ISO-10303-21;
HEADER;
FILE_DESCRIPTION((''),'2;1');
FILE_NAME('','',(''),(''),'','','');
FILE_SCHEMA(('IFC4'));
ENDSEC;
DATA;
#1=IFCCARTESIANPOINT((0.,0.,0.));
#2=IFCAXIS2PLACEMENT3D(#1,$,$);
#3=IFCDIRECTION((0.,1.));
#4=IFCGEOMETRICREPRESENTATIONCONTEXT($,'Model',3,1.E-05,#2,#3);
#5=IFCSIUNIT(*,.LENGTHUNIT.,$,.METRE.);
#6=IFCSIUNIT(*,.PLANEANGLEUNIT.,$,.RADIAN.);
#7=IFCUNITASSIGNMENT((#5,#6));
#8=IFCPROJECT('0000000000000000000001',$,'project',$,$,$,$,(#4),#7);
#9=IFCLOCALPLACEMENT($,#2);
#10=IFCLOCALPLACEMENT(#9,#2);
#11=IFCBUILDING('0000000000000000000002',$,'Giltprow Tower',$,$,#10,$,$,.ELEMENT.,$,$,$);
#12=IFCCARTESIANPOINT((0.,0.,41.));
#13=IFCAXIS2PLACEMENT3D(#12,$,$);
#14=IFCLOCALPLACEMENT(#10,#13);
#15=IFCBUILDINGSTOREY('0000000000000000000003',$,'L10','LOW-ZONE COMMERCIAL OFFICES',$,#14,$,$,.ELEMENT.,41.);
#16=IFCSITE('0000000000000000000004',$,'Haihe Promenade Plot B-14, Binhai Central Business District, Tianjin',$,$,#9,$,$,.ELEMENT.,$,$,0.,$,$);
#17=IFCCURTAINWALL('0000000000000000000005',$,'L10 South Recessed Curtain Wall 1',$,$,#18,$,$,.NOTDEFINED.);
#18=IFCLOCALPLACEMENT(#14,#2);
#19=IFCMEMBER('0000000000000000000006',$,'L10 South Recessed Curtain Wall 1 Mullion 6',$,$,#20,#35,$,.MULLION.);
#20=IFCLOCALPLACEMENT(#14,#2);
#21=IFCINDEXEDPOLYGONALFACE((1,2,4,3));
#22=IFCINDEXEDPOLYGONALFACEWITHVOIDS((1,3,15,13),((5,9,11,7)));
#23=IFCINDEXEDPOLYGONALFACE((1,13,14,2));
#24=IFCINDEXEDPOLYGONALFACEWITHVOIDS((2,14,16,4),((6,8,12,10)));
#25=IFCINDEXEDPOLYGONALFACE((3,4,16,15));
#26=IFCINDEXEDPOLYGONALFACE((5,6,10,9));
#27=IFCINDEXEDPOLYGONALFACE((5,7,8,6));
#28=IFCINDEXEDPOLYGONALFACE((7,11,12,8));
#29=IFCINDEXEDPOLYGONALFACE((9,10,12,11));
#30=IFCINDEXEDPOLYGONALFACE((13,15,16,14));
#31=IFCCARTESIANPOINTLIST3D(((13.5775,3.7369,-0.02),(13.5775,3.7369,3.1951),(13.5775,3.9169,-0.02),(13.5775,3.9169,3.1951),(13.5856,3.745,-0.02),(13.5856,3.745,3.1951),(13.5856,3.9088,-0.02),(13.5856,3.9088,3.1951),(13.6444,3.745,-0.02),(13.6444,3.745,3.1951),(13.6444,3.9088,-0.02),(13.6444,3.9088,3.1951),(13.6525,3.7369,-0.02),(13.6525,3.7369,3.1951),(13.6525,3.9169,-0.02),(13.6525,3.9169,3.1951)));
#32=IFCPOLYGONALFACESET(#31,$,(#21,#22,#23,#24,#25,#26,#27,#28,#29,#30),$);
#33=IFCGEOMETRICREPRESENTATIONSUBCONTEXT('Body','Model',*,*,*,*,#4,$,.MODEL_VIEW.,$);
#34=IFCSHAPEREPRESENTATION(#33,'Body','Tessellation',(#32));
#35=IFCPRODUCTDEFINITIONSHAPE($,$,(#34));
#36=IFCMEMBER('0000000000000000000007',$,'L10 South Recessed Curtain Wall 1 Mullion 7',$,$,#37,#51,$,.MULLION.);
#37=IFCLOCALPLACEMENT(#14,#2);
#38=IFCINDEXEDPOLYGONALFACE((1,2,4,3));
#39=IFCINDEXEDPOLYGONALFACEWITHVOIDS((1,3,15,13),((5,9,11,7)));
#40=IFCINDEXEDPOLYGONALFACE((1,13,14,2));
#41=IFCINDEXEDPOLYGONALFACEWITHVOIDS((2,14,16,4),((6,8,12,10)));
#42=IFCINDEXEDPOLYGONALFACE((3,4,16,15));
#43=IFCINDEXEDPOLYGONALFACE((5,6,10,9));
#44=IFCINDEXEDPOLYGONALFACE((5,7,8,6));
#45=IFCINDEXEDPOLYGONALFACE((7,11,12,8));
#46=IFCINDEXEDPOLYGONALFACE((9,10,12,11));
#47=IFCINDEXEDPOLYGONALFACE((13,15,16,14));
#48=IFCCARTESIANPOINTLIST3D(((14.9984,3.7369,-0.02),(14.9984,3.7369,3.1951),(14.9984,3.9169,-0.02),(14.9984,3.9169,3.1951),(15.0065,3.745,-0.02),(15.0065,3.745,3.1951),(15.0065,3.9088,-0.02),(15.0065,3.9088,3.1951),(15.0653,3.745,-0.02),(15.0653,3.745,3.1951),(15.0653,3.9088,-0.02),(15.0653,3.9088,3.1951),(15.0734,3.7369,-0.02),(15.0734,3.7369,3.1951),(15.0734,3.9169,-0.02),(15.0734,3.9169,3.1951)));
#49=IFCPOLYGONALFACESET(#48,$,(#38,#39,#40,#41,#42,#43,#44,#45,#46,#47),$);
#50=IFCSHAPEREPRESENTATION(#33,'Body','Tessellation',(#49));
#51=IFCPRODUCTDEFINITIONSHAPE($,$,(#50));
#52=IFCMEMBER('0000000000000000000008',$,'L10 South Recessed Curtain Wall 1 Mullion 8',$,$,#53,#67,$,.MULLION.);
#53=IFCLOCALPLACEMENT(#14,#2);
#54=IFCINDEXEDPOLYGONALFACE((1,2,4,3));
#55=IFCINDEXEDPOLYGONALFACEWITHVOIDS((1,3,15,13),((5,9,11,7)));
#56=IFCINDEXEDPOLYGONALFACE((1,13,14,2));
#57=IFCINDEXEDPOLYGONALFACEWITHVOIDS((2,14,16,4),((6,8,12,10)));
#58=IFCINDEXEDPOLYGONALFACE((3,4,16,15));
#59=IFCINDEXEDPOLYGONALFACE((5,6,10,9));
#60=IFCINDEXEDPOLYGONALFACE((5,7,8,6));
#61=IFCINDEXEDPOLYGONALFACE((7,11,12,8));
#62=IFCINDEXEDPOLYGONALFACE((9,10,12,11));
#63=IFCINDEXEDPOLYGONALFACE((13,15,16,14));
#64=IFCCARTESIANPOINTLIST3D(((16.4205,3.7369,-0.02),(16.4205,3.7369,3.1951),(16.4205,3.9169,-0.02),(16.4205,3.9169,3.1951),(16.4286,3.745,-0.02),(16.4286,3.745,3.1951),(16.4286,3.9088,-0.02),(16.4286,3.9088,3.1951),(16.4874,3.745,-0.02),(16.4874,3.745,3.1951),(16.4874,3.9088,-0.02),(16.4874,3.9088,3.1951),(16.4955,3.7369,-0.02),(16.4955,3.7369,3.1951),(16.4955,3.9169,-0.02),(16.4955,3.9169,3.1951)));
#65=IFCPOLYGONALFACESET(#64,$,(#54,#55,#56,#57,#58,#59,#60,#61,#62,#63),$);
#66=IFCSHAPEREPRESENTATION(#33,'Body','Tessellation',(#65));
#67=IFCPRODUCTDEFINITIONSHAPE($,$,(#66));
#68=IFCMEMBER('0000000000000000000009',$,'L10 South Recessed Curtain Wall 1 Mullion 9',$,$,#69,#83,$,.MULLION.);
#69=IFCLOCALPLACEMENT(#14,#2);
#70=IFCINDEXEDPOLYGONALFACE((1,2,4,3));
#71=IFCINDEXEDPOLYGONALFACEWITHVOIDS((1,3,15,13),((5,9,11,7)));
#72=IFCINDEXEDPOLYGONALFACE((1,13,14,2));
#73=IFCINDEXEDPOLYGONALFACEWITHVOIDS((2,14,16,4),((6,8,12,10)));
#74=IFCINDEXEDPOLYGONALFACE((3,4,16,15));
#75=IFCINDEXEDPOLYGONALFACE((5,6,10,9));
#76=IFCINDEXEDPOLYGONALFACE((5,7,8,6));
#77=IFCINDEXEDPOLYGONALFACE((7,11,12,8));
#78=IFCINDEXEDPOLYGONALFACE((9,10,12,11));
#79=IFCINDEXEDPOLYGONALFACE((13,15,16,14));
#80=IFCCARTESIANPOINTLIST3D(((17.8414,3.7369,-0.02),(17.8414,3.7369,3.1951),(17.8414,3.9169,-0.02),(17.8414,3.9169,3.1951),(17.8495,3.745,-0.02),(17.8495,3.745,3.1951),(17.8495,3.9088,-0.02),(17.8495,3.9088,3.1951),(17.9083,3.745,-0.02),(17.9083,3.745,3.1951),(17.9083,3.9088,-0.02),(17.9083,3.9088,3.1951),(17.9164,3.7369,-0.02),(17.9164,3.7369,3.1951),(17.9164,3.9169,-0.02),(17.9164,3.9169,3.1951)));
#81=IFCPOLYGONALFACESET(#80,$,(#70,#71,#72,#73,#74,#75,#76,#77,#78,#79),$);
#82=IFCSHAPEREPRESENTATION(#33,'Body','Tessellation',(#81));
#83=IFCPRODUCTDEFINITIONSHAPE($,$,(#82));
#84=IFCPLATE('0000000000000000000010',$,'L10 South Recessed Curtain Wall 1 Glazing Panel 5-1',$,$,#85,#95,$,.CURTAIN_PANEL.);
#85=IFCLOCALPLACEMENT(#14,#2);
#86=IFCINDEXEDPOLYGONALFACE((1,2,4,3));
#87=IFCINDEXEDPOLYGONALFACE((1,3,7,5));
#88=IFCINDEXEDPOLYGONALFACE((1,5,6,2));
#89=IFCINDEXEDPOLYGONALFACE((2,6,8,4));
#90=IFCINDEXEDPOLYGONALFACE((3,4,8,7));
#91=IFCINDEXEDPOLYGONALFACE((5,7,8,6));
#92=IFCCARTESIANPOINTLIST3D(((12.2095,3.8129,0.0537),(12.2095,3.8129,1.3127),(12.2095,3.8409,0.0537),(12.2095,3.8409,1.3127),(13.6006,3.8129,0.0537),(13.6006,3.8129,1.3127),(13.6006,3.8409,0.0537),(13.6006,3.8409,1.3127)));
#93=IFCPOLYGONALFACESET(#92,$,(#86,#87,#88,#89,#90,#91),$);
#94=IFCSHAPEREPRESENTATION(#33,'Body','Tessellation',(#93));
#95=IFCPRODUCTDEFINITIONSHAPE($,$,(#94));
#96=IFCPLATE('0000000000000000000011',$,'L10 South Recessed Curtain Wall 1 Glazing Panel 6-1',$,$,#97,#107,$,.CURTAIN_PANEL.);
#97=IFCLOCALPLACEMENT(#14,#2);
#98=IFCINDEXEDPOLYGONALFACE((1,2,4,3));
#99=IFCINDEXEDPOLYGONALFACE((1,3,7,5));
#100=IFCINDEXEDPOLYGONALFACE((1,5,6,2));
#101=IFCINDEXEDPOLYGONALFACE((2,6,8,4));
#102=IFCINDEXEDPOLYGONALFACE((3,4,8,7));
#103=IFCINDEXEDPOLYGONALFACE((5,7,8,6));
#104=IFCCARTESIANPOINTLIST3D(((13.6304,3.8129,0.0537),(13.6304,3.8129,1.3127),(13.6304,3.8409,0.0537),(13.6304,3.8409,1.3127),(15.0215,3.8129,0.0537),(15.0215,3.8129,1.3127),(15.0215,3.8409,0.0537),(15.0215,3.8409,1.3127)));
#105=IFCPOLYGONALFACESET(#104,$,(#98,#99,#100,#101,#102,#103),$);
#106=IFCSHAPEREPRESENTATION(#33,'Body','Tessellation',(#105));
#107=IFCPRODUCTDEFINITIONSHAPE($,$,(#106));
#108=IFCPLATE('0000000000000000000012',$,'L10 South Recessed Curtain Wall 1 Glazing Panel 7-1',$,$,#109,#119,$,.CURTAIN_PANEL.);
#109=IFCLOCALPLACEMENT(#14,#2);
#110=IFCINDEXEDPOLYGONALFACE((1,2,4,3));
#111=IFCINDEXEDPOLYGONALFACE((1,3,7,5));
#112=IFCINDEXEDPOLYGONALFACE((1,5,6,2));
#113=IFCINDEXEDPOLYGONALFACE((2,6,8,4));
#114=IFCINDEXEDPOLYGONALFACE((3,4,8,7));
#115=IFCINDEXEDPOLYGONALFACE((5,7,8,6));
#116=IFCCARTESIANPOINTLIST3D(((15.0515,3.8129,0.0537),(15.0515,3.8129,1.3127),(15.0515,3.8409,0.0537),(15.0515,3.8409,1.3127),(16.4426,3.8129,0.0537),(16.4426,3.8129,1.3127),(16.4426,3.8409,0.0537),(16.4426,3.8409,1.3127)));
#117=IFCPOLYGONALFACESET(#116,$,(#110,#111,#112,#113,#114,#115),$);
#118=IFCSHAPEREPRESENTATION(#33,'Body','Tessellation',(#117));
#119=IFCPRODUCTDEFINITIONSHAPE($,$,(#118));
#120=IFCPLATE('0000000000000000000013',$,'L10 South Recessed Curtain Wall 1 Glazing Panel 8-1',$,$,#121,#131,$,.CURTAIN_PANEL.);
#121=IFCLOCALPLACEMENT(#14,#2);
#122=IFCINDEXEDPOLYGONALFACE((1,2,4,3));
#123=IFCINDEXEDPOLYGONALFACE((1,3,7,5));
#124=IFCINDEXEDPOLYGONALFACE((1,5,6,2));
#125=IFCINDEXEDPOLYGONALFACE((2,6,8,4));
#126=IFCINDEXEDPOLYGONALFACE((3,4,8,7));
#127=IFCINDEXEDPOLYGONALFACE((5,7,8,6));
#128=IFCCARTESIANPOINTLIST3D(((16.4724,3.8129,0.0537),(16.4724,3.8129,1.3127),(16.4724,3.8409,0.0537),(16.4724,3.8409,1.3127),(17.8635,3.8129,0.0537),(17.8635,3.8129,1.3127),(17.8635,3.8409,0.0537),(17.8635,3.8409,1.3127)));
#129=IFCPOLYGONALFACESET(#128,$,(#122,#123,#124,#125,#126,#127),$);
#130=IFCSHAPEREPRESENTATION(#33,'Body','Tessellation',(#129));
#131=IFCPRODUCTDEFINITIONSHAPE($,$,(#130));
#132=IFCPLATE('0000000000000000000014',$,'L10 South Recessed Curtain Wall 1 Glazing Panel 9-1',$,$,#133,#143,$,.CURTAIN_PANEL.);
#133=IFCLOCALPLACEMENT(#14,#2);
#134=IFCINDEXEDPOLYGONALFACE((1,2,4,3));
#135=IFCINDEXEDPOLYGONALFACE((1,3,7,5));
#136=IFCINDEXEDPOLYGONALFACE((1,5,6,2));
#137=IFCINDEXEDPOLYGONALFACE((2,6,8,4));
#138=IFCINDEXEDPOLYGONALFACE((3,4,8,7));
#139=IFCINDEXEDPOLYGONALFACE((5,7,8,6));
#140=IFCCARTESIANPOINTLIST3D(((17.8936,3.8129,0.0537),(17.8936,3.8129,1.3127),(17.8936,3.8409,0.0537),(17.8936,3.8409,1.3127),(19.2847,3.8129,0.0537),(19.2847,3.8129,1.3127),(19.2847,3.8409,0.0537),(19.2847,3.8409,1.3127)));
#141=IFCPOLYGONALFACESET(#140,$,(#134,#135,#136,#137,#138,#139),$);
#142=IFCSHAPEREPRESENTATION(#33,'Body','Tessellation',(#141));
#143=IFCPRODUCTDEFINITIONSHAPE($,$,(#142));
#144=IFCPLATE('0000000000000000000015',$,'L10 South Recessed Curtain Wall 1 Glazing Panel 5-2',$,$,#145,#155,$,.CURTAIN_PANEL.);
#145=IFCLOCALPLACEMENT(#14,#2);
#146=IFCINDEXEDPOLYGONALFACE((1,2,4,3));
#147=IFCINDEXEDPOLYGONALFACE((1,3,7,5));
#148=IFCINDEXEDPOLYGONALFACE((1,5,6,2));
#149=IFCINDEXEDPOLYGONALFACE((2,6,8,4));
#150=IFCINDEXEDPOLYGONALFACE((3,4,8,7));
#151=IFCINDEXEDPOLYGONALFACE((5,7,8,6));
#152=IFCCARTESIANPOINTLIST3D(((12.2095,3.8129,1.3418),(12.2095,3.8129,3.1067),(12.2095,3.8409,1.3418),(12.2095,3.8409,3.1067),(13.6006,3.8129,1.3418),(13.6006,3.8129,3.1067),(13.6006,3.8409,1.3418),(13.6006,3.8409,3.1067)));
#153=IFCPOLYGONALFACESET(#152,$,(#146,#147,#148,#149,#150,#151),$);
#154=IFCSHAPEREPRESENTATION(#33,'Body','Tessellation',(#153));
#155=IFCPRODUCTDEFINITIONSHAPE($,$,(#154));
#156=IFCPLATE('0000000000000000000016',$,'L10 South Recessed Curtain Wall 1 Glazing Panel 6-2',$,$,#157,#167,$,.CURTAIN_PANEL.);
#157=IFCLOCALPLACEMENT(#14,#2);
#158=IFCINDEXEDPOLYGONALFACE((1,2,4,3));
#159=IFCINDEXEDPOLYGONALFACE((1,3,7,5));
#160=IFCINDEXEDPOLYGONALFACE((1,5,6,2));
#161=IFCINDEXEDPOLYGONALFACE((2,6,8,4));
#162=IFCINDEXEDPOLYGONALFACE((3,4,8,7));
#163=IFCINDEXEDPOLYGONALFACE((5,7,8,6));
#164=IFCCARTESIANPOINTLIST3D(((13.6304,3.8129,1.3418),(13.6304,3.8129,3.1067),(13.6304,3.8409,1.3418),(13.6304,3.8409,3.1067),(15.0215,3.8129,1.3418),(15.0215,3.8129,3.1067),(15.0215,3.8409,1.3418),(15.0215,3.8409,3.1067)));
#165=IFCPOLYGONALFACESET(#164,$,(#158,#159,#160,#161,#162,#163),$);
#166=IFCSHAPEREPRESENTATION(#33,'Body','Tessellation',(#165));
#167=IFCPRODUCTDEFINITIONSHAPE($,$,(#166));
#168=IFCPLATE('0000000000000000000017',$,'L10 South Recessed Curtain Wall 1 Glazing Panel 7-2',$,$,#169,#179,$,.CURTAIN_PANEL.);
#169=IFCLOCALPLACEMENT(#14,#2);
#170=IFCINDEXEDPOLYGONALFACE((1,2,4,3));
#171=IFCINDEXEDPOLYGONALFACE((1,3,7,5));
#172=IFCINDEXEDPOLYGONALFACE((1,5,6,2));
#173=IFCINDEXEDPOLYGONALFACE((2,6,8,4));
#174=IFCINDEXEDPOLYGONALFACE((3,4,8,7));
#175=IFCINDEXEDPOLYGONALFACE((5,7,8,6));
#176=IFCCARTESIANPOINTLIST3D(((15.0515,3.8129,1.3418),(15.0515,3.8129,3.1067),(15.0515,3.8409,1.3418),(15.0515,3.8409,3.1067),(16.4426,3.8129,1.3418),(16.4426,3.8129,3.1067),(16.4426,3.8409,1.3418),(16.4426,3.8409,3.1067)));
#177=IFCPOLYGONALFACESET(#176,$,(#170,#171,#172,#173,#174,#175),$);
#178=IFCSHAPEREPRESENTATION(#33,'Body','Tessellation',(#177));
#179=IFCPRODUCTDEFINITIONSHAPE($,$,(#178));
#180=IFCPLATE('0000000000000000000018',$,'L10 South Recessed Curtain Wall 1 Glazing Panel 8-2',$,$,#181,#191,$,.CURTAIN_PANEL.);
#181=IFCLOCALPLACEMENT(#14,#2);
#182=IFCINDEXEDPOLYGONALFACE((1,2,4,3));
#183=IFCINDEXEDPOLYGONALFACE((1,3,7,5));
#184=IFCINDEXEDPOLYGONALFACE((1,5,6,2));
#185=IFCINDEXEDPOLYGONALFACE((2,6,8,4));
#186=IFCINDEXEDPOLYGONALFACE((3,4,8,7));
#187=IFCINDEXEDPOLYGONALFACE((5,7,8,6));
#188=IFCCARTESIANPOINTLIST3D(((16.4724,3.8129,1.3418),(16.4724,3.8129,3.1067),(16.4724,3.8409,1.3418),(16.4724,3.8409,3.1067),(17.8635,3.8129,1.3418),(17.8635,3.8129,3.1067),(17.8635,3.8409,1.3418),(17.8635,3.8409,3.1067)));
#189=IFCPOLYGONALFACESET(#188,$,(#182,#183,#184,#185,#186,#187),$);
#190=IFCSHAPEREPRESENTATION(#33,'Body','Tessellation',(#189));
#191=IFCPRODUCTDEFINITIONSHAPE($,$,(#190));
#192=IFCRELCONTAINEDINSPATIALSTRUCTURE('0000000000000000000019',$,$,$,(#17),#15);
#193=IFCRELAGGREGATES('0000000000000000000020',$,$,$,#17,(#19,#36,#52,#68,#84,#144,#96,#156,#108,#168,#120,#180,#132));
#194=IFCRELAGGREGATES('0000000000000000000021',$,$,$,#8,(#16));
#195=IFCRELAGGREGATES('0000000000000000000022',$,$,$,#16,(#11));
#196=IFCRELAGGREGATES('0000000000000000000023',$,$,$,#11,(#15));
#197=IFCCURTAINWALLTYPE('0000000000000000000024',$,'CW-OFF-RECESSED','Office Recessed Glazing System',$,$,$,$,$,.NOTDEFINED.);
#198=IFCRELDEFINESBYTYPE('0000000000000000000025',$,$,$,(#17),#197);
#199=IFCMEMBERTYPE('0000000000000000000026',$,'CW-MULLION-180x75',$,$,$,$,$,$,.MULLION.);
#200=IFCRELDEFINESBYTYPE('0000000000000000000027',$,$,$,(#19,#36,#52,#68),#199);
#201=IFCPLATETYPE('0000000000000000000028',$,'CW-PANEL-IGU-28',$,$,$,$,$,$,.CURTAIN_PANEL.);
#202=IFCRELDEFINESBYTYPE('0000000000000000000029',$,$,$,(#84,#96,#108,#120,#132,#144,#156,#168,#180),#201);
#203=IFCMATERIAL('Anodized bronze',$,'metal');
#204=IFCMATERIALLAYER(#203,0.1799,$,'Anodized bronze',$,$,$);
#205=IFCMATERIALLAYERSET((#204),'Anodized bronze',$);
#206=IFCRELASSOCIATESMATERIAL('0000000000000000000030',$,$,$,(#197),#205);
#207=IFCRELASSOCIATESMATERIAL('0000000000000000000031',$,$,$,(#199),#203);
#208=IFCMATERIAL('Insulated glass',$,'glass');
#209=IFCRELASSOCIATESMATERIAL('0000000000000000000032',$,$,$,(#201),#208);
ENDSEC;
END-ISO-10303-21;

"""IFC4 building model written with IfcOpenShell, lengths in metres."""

from ifc_helpers import new_model, si_unit, direction, frame, origin, origin_2d, place, context, subcontext, project, spatial, rectangle, hollow_rectangle, extrude, source, transform, mapped, material, layer, layer_set, material_profile, profile_set, type_object, element, aggregate, save


model = new_model("IFC4")

# Units and contexts
model_context = context("Model", 3, precision=1e-05, world=origin(), true_north=direction((0.0, 1.0)))
body_context = subcontext(model_context, "Body", "Model", "MODEL_VIEW")
ifc_project = project(units=[si_unit("LENGTHUNIT", "METRE"), si_unit("PLANEANGLEUNIT", "RADIAN")], contexts=[model_context])

# Site, building, storey
site_placement = place(None, origin())
site = spatial("IfcSite", under=ifc_project, at=site_placement, Name="Haihe Promenade Plot B-14, Binhai Central Business District, Tianjin", CompositionType="ELEMENT", RefElevation=0.0)
building_placement = place(site_placement, origin())
building = spatial("IfcBuilding", under=site, at=building_placement, Name="Giltprow Tower", CompositionType="ELEMENT")
storey_placement = place(building_placement, frame((0.0, 0.0, 41.0)))
storey = spatial("IfcBuildingStorey", under=building, at=storey_placement, Name="L10", Description="LOW-ZONE COMMERCIAL OFFICES", CompositionType="ELEMENT", Elevation=41.0)

# Curtain wall, members, plates
ifc_material_1 = material(Name="Anodized bronze", Category="metal")
ifc_layer = layer(ifc_material_1, 0.1799, Name="Anodized bronze")
ifc_layer_set = layer_set([ifc_layer], Name="Anodized bronze")
curtain_wall_type = type_object("IfcCurtainWallType", Name="CW-OFF-RECESSED", Description="Office Recessed Glazing System", PredefinedType="NOTDEFINED", material=ifc_layer_set)
curtain_wall_placement = place(storey_placement, origin())
curtain_wall = element("IfcCurtainWall", 1, at=curtain_wall_placement, inside=storey, type_object=curtain_wall_type, Name="L10 South Recessed Curtain Wall 1", PredefinedType="NOTDEFINED")
ifc_material_profile = material_profile(ifc_material_1, hollow_rectangle(XDim=0.075, YDim=0.1799, WallThickness=0.0081, at=origin_2d()), Name="RHS 180x75x8")
ifc_profile_set = profile_set([ifc_material_profile], Name="Anodized bronze")
member_type = type_object("IfcMemberType", Name="CW-MULLION-180x75", PredefinedType="MULLION", material=ifc_profile_set)
shared_shape_1 = source(origin(), body_context, "Body", "SweptSolid", [
    extrude(hollow_rectangle(XDim=0.075, YDim=0.1799, WallThickness=0.0081, at=origin_2d()), origin(), (0.0, 0.0, 1.0), 3.2151),
])
member_1_placement = place(storey_placement, frame((13.615, 3.8269, -0.02), z_axis=(0.0, 0.0, 1.0), x_axis=(1.0, 0.0, 0.0)))
member_1 = element("IfcMember", 2, at=member_1_placement, type_object=member_type, Name="L10 South Recessed Curtain Wall 1 Mullion 6", PredefinedType="MULLION", context=body_context, shape_type="MappedRepresentation", body=[
    mapped(shared_shape_1, transform((0.0, 0.0, 0.0), x_axis=(1.0, 0.0, 0.0), y_axis=(0.0, 1.0, 0.0), z_axis=(0.0, 0.0, 1.0), scale=1.0)),
])
member_2_placement = place(storey_placement, frame((15.0359, 3.8269, -0.02), z_axis=(0.0, 0.0, 1.0), x_axis=(1.0, 0.0, 0.0)))
member_2 = element("IfcMember", 3, at=member_2_placement, type_object=member_type, Name="L10 South Recessed Curtain Wall 1 Mullion 7", PredefinedType="MULLION", context=body_context, shape_type="MappedRepresentation", body=[
    mapped(shared_shape_1, transform((0.0, 0.0, 0.0), x_axis=(1.0, 0.0, 0.0), y_axis=(0.0, 1.0, 0.0), z_axis=(0.0, 0.0, 1.0), scale=1.0)),
])
member_3_placement = place(storey_placement, frame((16.458, 3.8269, -0.02), z_axis=(0.0, 0.0, 1.0), x_axis=(1.0, 0.0, 0.0)))
member_3 = element("IfcMember", 4, at=member_3_placement, type_object=member_type, Name="L10 South Recessed Curtain Wall 1 Mullion 8", PredefinedType="MULLION", context=body_context, shape_type="MappedRepresentation", body=[
    mapped(shared_shape_1, transform((0.0, 0.0, 0.0), x_axis=(1.0, 0.0, 0.0), y_axis=(0.0, 1.0, 0.0), z_axis=(0.0, 0.0, 1.0), scale=1.0)),
])
member_4_placement = place(storey_placement, frame((17.8789, 3.8269, -0.02), z_axis=(0.0, 0.0, 1.0), x_axis=(1.0, 0.0, 0.0)))
member_4 = element("IfcMember", 5, at=member_4_placement, type_object=member_type, Name="L10 South Recessed Curtain Wall 1 Mullion 9", PredefinedType="MULLION", context=body_context, shape_type="MappedRepresentation", body=[
    mapped(shared_shape_1, transform((0.0, 0.0, 0.0), x_axis=(1.0, 0.0, 0.0), y_axis=(0.0, 1.0, 0.0), z_axis=(0.0, 0.0, 1.0), scale=1.0)),
])
ifc_material_2 = material(Name="Insulated glass", Category="glass")
plate_type = type_object("IfcPlateType", Name="CW-PANEL-IGU-28", PredefinedType="CURTAIN_PANEL", material=ifc_material_2)
shared_shape_2 = source(origin(), body_context, "Body", "SweptSolid", [
    extrude(rectangle(XDim=1.3911, YDim=0.0281, at=origin_2d()), origin(), (0.0, 0.0, 1.0), 1.259),
])
plate_1_placement = place(storey_placement, frame((12.905, 3.8269, 0.0537), z_axis=(0.0, 0.0, 1.0), x_axis=(1.0, 0.0, 0.0)))
plate_1 = element("IfcPlate", 6, at=plate_1_placement, type_object=plate_type, Name="L10 South Recessed Curtain Wall 1 Glazing Panel 5-1", PredefinedType="CURTAIN_PANEL", context=body_context, shape_type="MappedRepresentation", body=[
    mapped(shared_shape_2, transform((0.0, 0.0, 0.0), x_axis=(1.0, 0.0, 0.0), y_axis=(0.0, 1.0, 0.0), z_axis=(0.0, 0.0, 1.0), scale=1.0)),
])
plate_2_placement = place(storey_placement, frame((14.3259, 3.8269, 0.0537), z_axis=(0.0, 0.0, 1.0), x_axis=(1.0, 0.0, 0.0)))
plate_2 = element("IfcPlate", 7, at=plate_2_placement, type_object=plate_type, Name="L10 South Recessed Curtain Wall 1 Glazing Panel 6-1", PredefinedType="CURTAIN_PANEL", context=body_context, shape_type="MappedRepresentation", body=[
    mapped(shared_shape_2, transform((0.0, 0.0, 0.0), x_axis=(1.0, 0.0, 0.0), y_axis=(0.0, 1.0, 0.0), z_axis=(0.0, 0.0, 1.0), scale=1.0)),
])
plate_3_placement = place(storey_placement, frame((15.7471, 3.8269, 0.0537), z_axis=(0.0, 0.0, 1.0), x_axis=(1.0, 0.0, 0.0)))
plate_3 = element("IfcPlate", 8, at=plate_3_placement, type_object=plate_type, Name="L10 South Recessed Curtain Wall 1 Glazing Panel 7-1", PredefinedType="CURTAIN_PANEL", context=body_context, shape_type="MappedRepresentation", body=[
    mapped(shared_shape_2, transform((0.0, 0.0, 0.0), x_axis=(1.0, 0.0, 0.0), y_axis=(0.0, 1.0, 0.0), z_axis=(0.0, 0.0, 1.0), scale=1.0)),
])
plate_4_placement = place(storey_placement, frame((17.168, 3.8269, 0.0537), z_axis=(0.0, 0.0, 1.0), x_axis=(1.0, 0.0, 0.0)))
plate_4 = element("IfcPlate", 9, at=plate_4_placement, type_object=plate_type, Name="L10 South Recessed Curtain Wall 1 Glazing Panel 8-1", PredefinedType="CURTAIN_PANEL", context=body_context, shape_type="MappedRepresentation", body=[
    mapped(shared_shape_2, transform((0.0, 0.0, 0.0), x_axis=(1.0, 0.0, 0.0), y_axis=(0.0, 1.0, 0.0), z_axis=(0.0, 0.0, 1.0), scale=1.0)),
])
plate_5_placement = place(storey_placement, frame((18.5891, 3.8269, 0.0537), z_axis=(0.0, 0.0, 1.0), x_axis=(1.0, 0.0, 0.0)))
plate_5 = element("IfcPlate", 10, at=plate_5_placement, type_object=plate_type, Name="L10 South Recessed Curtain Wall 1 Glazing Panel 9-1", PredefinedType="CURTAIN_PANEL", context=body_context, shape_type="MappedRepresentation", body=[
    mapped(shared_shape_2, transform((0.0, 0.0, 0.0), x_axis=(1.0, 0.0, 0.0), y_axis=(0.0, 1.0, 0.0), z_axis=(0.0, 0.0, 1.0), scale=1.0)),
])
shared_shape_3 = source(origin(), body_context, "Body", "SweptSolid", [
    extrude(rectangle(XDim=1.3911, YDim=0.0281, at=origin_2d()), origin(), (0.0, 0.0, 1.0), 1.7649),
])
plate_6_placement = place(storey_placement, frame((12.905, 3.8269, 1.3418), z_axis=(0.0, 0.0, 1.0), x_axis=(1.0, 0.0, 0.0)))
plate_6 = element("IfcPlate", 11, at=plate_6_placement, type_object=plate_type, Name="L10 South Recessed Curtain Wall 1 Glazing Panel 5-2", PredefinedType="CURTAIN_PANEL", context=body_context, shape_type="MappedRepresentation", body=[
    mapped(shared_shape_3, transform((0.0, 0.0, 0.0), x_axis=(1.0, 0.0, 0.0), y_axis=(0.0, 1.0, 0.0), z_axis=(0.0, 0.0, 1.0), scale=1.0)),
])
plate_7_placement = place(storey_placement, frame((14.3259, 3.8269, 1.3418), z_axis=(0.0, 0.0, 1.0), x_axis=(1.0, 0.0, 0.0)))
plate_7 = element("IfcPlate", 12, at=plate_7_placement, type_object=plate_type, Name="L10 South Recessed Curtain Wall 1 Glazing Panel 6-2", PredefinedType="CURTAIN_PANEL", context=body_context, shape_type="MappedRepresentation", body=[
    mapped(shared_shape_3, transform((0.0, 0.0, 0.0), x_axis=(1.0, 0.0, 0.0), y_axis=(0.0, 1.0, 0.0), z_axis=(0.0, 0.0, 1.0), scale=1.0)),
])
plate_8_placement = place(storey_placement, frame((15.7471, 3.8269, 1.3418), z_axis=(0.0, 0.0, 1.0), x_axis=(1.0, 0.0, 0.0)))
plate_8 = element("IfcPlate", 13, at=plate_8_placement, type_object=plate_type, Name="L10 South Recessed Curtain Wall 1 Glazing Panel 7-2", PredefinedType="CURTAIN_PANEL", context=body_context, shape_type="MappedRepresentation", body=[
    mapped(shared_shape_3, transform((0.0, 0.0, 0.0), x_axis=(1.0, 0.0, 0.0), y_axis=(0.0, 1.0, 0.0), z_axis=(0.0, 0.0, 1.0), scale=1.0)),
])
plate_9_placement = place(storey_placement, frame((17.168, 3.8269, 1.3418), z_axis=(0.0, 0.0, 1.0), x_axis=(1.0, 0.0, 0.0)))
plate_9 = element("IfcPlate", 14, at=plate_9_placement, type_object=plate_type, Name="L10 South Recessed Curtain Wall 1 Glazing Panel 8-2", PredefinedType="CURTAIN_PANEL", context=body_context, shape_type="MappedRepresentation", body=[
    mapped(shared_shape_3, transform((0.0, 0.0, 0.0), x_axis=(1.0, 0.0, 0.0), y_axis=(0.0, 1.0, 0.0), z_axis=(0.0, 0.0, 1.0), scale=1.0)),
])
aggregate(curtain_wall, [member_1, member_2, member_3, member_4, plate_1, plate_6, plate_2, plate_7, plate_3, plate_8, plate_4, plate_9, plate_5])

save(model, "model.ifc")
